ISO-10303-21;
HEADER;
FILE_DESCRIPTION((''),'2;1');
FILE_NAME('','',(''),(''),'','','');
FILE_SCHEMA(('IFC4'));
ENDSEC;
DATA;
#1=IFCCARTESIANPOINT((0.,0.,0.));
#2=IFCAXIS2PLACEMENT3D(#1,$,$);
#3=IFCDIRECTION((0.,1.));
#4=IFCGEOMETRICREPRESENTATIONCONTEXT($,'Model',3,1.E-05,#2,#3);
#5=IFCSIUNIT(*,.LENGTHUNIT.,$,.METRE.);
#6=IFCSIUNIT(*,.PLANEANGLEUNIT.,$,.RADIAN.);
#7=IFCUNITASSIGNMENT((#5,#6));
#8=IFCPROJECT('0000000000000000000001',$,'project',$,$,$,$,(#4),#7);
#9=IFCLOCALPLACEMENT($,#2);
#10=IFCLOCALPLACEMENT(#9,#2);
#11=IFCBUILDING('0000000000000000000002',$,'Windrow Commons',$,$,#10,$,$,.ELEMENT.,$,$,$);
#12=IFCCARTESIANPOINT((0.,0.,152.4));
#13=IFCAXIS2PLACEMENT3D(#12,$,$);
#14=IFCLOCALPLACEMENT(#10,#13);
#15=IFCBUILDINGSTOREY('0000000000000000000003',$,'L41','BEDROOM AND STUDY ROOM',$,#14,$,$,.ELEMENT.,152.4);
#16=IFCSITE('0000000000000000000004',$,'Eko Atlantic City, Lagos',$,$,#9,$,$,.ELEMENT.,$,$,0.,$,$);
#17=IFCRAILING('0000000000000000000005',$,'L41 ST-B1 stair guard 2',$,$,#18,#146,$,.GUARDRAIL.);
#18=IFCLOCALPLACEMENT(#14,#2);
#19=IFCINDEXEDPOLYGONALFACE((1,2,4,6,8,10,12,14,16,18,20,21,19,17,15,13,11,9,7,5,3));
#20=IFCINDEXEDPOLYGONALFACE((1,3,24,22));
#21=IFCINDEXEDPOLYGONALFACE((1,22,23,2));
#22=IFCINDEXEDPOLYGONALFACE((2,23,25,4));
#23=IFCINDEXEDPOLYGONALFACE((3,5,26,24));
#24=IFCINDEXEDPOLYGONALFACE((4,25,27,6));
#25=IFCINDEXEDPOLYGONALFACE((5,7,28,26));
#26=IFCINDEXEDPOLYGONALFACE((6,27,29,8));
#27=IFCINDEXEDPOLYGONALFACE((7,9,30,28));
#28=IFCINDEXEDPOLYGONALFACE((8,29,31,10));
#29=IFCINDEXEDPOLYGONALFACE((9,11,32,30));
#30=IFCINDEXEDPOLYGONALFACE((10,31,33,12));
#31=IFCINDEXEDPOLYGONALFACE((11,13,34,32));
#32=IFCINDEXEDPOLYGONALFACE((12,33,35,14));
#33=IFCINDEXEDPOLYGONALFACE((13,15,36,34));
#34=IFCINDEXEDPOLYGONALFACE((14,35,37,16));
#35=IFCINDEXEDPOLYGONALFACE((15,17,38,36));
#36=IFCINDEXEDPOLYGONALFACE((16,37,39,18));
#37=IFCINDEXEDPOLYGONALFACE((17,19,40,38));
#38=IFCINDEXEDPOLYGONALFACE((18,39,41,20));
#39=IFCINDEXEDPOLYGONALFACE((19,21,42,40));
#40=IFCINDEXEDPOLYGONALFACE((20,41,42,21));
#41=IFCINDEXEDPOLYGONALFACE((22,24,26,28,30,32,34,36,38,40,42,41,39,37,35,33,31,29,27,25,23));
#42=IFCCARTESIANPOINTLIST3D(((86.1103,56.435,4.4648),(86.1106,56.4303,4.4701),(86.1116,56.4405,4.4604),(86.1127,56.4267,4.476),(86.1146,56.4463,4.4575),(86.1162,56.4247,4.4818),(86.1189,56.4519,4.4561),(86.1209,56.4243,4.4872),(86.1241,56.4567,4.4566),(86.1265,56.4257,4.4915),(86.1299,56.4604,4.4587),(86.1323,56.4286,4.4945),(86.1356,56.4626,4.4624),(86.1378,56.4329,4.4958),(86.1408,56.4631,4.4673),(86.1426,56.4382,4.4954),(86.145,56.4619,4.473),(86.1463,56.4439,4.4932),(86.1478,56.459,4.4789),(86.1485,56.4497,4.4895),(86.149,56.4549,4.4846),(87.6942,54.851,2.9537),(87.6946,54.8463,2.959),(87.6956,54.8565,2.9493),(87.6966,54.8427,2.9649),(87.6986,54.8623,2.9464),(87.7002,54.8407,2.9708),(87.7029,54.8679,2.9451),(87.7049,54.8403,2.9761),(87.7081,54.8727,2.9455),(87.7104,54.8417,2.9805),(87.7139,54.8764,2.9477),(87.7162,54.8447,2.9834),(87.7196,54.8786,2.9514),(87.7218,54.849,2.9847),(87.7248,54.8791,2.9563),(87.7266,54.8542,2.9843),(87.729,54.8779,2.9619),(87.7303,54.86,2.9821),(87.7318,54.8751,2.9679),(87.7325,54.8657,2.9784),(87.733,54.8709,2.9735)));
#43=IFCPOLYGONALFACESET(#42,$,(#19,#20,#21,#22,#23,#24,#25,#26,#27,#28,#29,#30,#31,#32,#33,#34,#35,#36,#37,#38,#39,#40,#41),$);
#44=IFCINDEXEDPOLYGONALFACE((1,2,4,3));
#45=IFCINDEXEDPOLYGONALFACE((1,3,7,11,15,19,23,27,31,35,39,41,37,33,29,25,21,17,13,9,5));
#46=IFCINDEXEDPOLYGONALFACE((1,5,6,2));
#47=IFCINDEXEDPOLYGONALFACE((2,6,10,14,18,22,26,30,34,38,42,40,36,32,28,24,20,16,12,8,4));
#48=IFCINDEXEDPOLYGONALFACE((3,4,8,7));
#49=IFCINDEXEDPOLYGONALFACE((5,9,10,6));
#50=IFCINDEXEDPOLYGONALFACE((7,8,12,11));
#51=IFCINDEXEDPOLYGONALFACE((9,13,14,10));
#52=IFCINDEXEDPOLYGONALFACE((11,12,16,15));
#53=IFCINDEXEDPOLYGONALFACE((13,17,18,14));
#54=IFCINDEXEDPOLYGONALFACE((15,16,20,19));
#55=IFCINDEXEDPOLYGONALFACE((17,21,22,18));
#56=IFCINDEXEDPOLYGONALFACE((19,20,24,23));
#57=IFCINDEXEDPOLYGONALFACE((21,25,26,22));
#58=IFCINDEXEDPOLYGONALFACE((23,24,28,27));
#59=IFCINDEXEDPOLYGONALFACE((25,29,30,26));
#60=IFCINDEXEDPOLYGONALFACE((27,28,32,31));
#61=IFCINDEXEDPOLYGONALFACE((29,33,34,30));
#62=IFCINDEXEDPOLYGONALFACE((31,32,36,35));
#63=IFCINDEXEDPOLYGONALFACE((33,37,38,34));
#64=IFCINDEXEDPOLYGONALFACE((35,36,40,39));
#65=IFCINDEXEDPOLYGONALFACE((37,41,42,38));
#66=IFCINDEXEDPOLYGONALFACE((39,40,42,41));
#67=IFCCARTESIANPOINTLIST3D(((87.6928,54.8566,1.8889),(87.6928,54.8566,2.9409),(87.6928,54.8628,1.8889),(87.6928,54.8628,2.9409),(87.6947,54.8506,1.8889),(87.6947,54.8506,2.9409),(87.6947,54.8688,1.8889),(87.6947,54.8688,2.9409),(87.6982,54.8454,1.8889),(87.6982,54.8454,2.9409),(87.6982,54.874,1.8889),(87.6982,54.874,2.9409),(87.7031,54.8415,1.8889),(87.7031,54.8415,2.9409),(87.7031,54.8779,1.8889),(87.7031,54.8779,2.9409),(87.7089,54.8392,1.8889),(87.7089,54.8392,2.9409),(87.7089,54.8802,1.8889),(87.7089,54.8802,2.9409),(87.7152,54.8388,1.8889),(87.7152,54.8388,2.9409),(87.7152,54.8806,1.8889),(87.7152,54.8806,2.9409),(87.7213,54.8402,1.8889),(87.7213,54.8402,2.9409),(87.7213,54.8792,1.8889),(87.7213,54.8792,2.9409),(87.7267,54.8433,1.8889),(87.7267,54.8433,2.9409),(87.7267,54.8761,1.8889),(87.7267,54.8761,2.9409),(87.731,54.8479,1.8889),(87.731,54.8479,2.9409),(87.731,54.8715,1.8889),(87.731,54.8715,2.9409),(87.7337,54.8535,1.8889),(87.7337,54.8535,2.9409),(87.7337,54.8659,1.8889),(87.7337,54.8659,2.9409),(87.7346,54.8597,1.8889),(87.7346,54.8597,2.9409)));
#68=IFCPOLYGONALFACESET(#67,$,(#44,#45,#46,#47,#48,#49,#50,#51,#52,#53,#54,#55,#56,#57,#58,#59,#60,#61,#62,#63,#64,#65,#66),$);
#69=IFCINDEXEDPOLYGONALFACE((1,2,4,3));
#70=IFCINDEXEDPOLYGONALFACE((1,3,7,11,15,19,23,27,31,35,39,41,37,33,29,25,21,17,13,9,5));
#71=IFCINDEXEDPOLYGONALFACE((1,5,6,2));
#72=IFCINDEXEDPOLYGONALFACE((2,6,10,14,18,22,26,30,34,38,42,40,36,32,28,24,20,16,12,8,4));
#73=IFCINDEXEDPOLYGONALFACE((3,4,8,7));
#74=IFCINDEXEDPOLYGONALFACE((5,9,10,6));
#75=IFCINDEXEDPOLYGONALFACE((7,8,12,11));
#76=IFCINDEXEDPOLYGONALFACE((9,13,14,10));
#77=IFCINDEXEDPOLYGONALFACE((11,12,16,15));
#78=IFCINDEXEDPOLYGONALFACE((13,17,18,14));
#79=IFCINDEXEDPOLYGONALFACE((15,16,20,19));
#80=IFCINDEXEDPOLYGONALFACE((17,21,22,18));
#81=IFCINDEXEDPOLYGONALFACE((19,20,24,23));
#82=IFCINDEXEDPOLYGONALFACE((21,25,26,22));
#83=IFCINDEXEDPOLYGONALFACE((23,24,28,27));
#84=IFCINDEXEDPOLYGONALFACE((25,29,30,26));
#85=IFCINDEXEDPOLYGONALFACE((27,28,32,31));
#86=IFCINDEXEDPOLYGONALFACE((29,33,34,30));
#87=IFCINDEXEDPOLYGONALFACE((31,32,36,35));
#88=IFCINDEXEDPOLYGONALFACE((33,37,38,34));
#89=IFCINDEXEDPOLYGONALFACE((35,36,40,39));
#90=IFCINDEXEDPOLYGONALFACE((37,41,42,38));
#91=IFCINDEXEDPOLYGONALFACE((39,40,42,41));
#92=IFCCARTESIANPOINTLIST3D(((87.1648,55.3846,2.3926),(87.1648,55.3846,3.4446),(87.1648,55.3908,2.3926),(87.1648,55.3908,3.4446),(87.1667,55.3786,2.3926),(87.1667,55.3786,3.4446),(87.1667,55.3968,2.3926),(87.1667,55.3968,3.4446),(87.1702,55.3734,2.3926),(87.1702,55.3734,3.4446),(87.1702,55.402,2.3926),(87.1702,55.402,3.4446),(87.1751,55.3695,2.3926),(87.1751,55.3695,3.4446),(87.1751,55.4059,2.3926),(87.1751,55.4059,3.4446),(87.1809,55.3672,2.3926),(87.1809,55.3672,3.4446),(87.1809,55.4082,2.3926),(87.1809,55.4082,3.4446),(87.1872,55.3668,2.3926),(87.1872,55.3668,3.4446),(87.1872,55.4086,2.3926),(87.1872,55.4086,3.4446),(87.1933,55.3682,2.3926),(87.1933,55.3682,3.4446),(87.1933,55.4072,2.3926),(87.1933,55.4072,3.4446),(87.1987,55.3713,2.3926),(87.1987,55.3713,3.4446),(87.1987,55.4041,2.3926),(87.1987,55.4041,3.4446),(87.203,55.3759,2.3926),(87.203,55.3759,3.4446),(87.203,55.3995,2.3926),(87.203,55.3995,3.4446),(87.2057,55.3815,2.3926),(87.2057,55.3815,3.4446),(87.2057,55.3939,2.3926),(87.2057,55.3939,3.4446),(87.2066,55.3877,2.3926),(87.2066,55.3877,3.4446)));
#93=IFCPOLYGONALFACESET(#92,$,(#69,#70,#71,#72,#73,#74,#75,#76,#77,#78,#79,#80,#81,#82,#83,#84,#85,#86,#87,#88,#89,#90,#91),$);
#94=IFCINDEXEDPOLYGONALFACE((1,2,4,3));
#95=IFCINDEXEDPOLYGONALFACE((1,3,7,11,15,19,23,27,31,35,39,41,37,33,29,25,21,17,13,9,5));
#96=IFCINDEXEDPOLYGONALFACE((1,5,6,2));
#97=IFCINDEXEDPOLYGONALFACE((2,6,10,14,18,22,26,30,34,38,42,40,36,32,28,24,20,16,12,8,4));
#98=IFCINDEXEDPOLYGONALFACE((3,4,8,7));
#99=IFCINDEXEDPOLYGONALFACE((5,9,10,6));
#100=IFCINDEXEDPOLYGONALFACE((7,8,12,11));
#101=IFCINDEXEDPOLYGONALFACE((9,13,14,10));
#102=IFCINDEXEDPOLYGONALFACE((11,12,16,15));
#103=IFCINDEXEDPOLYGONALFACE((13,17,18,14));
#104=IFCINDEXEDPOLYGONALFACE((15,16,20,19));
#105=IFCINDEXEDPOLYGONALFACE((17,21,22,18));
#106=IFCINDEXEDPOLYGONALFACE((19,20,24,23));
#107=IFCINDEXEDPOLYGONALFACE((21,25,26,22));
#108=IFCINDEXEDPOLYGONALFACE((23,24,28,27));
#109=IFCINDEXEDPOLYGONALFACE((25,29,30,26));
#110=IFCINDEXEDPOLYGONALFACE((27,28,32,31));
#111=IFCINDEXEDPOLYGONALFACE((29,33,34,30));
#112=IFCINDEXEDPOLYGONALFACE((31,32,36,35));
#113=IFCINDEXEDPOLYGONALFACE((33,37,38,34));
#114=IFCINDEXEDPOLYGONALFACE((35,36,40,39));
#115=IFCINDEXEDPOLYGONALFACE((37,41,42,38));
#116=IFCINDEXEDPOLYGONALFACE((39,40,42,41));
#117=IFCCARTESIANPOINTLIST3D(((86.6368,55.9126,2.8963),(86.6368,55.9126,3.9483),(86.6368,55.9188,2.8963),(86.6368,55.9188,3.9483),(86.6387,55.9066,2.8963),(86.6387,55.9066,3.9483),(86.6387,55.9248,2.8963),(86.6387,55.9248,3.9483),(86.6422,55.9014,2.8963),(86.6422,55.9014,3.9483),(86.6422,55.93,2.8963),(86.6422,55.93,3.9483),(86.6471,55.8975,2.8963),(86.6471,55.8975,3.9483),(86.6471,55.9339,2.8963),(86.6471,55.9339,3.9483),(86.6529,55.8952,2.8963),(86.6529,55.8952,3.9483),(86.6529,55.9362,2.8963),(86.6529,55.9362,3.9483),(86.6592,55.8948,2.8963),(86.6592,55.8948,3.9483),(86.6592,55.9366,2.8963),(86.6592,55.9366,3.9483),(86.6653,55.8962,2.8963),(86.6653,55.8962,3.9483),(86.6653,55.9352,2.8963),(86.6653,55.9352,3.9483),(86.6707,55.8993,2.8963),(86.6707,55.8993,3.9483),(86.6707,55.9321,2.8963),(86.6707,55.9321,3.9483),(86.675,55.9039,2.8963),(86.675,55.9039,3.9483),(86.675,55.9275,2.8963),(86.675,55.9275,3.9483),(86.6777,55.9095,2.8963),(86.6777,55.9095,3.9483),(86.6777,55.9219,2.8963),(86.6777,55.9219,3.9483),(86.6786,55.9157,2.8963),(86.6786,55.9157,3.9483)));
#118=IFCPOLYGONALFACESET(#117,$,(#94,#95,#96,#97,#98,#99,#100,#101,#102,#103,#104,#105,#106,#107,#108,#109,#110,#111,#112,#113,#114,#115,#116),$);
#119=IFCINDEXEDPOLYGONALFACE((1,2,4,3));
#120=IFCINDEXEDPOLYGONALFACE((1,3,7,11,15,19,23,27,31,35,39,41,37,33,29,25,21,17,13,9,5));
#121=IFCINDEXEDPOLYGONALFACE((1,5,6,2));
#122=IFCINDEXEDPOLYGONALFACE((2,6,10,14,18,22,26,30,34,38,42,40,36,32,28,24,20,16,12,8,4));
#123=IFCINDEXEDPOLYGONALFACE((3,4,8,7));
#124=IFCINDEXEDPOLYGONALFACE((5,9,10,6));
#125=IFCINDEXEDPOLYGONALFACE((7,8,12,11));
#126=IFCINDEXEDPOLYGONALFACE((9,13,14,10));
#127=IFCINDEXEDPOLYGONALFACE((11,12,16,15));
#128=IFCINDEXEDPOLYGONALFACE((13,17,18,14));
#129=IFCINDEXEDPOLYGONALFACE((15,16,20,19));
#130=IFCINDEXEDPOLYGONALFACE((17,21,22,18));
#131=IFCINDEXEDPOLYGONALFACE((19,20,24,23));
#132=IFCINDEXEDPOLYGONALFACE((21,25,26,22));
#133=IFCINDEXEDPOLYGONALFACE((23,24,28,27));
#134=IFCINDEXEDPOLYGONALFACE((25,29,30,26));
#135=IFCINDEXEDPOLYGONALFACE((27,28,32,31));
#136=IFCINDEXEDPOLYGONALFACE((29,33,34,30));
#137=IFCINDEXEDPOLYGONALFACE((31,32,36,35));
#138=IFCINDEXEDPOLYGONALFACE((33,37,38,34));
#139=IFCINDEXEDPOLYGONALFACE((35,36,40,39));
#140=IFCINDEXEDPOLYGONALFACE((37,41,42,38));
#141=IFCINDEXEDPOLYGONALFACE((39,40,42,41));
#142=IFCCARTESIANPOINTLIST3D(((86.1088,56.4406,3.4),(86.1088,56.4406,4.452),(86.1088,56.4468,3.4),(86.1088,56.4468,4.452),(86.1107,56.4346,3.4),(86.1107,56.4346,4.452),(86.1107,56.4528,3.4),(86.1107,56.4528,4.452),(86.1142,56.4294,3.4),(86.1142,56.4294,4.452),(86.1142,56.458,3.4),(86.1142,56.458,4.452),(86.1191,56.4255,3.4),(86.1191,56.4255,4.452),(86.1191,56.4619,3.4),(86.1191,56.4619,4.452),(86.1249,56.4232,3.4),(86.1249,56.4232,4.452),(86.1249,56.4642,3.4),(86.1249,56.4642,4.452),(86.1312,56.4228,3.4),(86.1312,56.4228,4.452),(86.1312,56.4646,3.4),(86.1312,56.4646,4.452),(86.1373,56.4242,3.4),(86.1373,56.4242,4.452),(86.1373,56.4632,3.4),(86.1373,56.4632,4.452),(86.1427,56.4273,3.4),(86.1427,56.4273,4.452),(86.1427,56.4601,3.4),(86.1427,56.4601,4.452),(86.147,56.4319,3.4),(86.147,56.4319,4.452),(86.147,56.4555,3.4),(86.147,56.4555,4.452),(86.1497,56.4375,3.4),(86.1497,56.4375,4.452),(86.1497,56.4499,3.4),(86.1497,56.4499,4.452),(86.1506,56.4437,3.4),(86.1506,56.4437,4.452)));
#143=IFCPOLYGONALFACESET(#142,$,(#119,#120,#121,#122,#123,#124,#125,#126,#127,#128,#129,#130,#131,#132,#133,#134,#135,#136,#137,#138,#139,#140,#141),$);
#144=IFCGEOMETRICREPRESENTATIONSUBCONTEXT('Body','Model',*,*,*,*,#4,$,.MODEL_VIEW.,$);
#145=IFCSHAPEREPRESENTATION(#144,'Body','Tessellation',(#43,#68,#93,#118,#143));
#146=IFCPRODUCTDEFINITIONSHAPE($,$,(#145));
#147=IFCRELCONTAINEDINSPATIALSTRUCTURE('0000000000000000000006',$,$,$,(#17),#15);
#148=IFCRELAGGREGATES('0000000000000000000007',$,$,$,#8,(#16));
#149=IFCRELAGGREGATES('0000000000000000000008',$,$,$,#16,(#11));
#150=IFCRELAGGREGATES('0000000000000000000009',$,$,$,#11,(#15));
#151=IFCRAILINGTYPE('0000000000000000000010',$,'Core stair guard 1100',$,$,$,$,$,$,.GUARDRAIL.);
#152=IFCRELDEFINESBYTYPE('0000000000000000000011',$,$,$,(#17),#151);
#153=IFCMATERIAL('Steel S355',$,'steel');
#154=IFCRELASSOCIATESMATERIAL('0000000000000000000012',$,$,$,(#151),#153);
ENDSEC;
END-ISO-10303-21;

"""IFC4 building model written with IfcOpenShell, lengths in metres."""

from ifc_helpers import new_model, si_unit, direction, frame, origin, origin_2d, place, context, subcontext, project, spatial, circle, extrude, material, type_object, element, save


model = new_model("IFC4")

# Units and contexts
model_context = context("Model", 3, precision=1e-05, world=origin(), true_north=direction((0.0, 1.0)))
body_context = subcontext(model_context, "Body", "Model", "MODEL_VIEW")
ifc_project = project(units=[si_unit("LENGTHUNIT", "METRE"), si_unit("PLANEANGLEUNIT", "RADIAN")], contexts=[model_context])

# Site, building, storey
site_placement = place(None, origin())
site = spatial("IfcSite", under=ifc_project, at=site_placement, Name="Eko Atlantic City, Lagos", CompositionType="ELEMENT", RefElevation=0.0)
building_placement = place(site_placement, origin())
building = spatial("IfcBuilding", under=site, at=building_placement, Name="Windrow Commons", CompositionType="ELEMENT")
storey_placement = place(building_placement, frame((0.0, 0.0, 152.4)))
storey = spatial("IfcBuildingStorey", under=building, at=storey_placement, Name="L41", Description="BEDROOM AND STUDY ROOM", CompositionType="ELEMENT", Elevation=152.4)

# Railing
ifc_material_1 = material(Name="Steel S355", Category="steel")
railing_type_1 = type_object("IfcRailingType", Name="Core stair guard 1100", PredefinedType="GUARDRAIL", material=ifc_material_1)
railing_1_placement = place(storey_placement, frame((87.7136, 54.8597, 1.8889)))
element("IfcRailing", 1, at=railing_1_placement, inside=storey, type_object=railing_type_1, Name="L41 ST-B1 stair guard 2", PredefinedType="GUARDRAIL", context=body_context, shape_type="SweptSolid", body=[
    extrude(circle(Radius=0.024, at=origin_2d()), frame((0.0, 0.0, 1.076), z_axis=(-0.586203, 0.586203, 0.559224), x_axis=(-0.707107, -0.707107, 0.0)), (0.0, 0.0, 1.0), 2.7021),
    extrude(circle(Radius=0.021, at=origin_2d()), origin(), (0.0, 0.0, 1.0), 1.052),
    extrude(circle(Radius=0.021, at=origin_2d()), frame((-0.528, 0.528, 0.5037)), (0.0, 0.0, 1.0), 1.052),
    extrude(circle(Radius=0.021, at=origin_2d()), frame((-1.056, 1.056, 1.0074)), (0.0, 0.0, 1.0), 1.052),
    extrude(circle(Radius=0.021, at=origin_2d()), frame((-1.584, 1.584, 1.5111)), (0.0, 0.0, 1.0), 1.052),
])

save(model, "model.ifc")
